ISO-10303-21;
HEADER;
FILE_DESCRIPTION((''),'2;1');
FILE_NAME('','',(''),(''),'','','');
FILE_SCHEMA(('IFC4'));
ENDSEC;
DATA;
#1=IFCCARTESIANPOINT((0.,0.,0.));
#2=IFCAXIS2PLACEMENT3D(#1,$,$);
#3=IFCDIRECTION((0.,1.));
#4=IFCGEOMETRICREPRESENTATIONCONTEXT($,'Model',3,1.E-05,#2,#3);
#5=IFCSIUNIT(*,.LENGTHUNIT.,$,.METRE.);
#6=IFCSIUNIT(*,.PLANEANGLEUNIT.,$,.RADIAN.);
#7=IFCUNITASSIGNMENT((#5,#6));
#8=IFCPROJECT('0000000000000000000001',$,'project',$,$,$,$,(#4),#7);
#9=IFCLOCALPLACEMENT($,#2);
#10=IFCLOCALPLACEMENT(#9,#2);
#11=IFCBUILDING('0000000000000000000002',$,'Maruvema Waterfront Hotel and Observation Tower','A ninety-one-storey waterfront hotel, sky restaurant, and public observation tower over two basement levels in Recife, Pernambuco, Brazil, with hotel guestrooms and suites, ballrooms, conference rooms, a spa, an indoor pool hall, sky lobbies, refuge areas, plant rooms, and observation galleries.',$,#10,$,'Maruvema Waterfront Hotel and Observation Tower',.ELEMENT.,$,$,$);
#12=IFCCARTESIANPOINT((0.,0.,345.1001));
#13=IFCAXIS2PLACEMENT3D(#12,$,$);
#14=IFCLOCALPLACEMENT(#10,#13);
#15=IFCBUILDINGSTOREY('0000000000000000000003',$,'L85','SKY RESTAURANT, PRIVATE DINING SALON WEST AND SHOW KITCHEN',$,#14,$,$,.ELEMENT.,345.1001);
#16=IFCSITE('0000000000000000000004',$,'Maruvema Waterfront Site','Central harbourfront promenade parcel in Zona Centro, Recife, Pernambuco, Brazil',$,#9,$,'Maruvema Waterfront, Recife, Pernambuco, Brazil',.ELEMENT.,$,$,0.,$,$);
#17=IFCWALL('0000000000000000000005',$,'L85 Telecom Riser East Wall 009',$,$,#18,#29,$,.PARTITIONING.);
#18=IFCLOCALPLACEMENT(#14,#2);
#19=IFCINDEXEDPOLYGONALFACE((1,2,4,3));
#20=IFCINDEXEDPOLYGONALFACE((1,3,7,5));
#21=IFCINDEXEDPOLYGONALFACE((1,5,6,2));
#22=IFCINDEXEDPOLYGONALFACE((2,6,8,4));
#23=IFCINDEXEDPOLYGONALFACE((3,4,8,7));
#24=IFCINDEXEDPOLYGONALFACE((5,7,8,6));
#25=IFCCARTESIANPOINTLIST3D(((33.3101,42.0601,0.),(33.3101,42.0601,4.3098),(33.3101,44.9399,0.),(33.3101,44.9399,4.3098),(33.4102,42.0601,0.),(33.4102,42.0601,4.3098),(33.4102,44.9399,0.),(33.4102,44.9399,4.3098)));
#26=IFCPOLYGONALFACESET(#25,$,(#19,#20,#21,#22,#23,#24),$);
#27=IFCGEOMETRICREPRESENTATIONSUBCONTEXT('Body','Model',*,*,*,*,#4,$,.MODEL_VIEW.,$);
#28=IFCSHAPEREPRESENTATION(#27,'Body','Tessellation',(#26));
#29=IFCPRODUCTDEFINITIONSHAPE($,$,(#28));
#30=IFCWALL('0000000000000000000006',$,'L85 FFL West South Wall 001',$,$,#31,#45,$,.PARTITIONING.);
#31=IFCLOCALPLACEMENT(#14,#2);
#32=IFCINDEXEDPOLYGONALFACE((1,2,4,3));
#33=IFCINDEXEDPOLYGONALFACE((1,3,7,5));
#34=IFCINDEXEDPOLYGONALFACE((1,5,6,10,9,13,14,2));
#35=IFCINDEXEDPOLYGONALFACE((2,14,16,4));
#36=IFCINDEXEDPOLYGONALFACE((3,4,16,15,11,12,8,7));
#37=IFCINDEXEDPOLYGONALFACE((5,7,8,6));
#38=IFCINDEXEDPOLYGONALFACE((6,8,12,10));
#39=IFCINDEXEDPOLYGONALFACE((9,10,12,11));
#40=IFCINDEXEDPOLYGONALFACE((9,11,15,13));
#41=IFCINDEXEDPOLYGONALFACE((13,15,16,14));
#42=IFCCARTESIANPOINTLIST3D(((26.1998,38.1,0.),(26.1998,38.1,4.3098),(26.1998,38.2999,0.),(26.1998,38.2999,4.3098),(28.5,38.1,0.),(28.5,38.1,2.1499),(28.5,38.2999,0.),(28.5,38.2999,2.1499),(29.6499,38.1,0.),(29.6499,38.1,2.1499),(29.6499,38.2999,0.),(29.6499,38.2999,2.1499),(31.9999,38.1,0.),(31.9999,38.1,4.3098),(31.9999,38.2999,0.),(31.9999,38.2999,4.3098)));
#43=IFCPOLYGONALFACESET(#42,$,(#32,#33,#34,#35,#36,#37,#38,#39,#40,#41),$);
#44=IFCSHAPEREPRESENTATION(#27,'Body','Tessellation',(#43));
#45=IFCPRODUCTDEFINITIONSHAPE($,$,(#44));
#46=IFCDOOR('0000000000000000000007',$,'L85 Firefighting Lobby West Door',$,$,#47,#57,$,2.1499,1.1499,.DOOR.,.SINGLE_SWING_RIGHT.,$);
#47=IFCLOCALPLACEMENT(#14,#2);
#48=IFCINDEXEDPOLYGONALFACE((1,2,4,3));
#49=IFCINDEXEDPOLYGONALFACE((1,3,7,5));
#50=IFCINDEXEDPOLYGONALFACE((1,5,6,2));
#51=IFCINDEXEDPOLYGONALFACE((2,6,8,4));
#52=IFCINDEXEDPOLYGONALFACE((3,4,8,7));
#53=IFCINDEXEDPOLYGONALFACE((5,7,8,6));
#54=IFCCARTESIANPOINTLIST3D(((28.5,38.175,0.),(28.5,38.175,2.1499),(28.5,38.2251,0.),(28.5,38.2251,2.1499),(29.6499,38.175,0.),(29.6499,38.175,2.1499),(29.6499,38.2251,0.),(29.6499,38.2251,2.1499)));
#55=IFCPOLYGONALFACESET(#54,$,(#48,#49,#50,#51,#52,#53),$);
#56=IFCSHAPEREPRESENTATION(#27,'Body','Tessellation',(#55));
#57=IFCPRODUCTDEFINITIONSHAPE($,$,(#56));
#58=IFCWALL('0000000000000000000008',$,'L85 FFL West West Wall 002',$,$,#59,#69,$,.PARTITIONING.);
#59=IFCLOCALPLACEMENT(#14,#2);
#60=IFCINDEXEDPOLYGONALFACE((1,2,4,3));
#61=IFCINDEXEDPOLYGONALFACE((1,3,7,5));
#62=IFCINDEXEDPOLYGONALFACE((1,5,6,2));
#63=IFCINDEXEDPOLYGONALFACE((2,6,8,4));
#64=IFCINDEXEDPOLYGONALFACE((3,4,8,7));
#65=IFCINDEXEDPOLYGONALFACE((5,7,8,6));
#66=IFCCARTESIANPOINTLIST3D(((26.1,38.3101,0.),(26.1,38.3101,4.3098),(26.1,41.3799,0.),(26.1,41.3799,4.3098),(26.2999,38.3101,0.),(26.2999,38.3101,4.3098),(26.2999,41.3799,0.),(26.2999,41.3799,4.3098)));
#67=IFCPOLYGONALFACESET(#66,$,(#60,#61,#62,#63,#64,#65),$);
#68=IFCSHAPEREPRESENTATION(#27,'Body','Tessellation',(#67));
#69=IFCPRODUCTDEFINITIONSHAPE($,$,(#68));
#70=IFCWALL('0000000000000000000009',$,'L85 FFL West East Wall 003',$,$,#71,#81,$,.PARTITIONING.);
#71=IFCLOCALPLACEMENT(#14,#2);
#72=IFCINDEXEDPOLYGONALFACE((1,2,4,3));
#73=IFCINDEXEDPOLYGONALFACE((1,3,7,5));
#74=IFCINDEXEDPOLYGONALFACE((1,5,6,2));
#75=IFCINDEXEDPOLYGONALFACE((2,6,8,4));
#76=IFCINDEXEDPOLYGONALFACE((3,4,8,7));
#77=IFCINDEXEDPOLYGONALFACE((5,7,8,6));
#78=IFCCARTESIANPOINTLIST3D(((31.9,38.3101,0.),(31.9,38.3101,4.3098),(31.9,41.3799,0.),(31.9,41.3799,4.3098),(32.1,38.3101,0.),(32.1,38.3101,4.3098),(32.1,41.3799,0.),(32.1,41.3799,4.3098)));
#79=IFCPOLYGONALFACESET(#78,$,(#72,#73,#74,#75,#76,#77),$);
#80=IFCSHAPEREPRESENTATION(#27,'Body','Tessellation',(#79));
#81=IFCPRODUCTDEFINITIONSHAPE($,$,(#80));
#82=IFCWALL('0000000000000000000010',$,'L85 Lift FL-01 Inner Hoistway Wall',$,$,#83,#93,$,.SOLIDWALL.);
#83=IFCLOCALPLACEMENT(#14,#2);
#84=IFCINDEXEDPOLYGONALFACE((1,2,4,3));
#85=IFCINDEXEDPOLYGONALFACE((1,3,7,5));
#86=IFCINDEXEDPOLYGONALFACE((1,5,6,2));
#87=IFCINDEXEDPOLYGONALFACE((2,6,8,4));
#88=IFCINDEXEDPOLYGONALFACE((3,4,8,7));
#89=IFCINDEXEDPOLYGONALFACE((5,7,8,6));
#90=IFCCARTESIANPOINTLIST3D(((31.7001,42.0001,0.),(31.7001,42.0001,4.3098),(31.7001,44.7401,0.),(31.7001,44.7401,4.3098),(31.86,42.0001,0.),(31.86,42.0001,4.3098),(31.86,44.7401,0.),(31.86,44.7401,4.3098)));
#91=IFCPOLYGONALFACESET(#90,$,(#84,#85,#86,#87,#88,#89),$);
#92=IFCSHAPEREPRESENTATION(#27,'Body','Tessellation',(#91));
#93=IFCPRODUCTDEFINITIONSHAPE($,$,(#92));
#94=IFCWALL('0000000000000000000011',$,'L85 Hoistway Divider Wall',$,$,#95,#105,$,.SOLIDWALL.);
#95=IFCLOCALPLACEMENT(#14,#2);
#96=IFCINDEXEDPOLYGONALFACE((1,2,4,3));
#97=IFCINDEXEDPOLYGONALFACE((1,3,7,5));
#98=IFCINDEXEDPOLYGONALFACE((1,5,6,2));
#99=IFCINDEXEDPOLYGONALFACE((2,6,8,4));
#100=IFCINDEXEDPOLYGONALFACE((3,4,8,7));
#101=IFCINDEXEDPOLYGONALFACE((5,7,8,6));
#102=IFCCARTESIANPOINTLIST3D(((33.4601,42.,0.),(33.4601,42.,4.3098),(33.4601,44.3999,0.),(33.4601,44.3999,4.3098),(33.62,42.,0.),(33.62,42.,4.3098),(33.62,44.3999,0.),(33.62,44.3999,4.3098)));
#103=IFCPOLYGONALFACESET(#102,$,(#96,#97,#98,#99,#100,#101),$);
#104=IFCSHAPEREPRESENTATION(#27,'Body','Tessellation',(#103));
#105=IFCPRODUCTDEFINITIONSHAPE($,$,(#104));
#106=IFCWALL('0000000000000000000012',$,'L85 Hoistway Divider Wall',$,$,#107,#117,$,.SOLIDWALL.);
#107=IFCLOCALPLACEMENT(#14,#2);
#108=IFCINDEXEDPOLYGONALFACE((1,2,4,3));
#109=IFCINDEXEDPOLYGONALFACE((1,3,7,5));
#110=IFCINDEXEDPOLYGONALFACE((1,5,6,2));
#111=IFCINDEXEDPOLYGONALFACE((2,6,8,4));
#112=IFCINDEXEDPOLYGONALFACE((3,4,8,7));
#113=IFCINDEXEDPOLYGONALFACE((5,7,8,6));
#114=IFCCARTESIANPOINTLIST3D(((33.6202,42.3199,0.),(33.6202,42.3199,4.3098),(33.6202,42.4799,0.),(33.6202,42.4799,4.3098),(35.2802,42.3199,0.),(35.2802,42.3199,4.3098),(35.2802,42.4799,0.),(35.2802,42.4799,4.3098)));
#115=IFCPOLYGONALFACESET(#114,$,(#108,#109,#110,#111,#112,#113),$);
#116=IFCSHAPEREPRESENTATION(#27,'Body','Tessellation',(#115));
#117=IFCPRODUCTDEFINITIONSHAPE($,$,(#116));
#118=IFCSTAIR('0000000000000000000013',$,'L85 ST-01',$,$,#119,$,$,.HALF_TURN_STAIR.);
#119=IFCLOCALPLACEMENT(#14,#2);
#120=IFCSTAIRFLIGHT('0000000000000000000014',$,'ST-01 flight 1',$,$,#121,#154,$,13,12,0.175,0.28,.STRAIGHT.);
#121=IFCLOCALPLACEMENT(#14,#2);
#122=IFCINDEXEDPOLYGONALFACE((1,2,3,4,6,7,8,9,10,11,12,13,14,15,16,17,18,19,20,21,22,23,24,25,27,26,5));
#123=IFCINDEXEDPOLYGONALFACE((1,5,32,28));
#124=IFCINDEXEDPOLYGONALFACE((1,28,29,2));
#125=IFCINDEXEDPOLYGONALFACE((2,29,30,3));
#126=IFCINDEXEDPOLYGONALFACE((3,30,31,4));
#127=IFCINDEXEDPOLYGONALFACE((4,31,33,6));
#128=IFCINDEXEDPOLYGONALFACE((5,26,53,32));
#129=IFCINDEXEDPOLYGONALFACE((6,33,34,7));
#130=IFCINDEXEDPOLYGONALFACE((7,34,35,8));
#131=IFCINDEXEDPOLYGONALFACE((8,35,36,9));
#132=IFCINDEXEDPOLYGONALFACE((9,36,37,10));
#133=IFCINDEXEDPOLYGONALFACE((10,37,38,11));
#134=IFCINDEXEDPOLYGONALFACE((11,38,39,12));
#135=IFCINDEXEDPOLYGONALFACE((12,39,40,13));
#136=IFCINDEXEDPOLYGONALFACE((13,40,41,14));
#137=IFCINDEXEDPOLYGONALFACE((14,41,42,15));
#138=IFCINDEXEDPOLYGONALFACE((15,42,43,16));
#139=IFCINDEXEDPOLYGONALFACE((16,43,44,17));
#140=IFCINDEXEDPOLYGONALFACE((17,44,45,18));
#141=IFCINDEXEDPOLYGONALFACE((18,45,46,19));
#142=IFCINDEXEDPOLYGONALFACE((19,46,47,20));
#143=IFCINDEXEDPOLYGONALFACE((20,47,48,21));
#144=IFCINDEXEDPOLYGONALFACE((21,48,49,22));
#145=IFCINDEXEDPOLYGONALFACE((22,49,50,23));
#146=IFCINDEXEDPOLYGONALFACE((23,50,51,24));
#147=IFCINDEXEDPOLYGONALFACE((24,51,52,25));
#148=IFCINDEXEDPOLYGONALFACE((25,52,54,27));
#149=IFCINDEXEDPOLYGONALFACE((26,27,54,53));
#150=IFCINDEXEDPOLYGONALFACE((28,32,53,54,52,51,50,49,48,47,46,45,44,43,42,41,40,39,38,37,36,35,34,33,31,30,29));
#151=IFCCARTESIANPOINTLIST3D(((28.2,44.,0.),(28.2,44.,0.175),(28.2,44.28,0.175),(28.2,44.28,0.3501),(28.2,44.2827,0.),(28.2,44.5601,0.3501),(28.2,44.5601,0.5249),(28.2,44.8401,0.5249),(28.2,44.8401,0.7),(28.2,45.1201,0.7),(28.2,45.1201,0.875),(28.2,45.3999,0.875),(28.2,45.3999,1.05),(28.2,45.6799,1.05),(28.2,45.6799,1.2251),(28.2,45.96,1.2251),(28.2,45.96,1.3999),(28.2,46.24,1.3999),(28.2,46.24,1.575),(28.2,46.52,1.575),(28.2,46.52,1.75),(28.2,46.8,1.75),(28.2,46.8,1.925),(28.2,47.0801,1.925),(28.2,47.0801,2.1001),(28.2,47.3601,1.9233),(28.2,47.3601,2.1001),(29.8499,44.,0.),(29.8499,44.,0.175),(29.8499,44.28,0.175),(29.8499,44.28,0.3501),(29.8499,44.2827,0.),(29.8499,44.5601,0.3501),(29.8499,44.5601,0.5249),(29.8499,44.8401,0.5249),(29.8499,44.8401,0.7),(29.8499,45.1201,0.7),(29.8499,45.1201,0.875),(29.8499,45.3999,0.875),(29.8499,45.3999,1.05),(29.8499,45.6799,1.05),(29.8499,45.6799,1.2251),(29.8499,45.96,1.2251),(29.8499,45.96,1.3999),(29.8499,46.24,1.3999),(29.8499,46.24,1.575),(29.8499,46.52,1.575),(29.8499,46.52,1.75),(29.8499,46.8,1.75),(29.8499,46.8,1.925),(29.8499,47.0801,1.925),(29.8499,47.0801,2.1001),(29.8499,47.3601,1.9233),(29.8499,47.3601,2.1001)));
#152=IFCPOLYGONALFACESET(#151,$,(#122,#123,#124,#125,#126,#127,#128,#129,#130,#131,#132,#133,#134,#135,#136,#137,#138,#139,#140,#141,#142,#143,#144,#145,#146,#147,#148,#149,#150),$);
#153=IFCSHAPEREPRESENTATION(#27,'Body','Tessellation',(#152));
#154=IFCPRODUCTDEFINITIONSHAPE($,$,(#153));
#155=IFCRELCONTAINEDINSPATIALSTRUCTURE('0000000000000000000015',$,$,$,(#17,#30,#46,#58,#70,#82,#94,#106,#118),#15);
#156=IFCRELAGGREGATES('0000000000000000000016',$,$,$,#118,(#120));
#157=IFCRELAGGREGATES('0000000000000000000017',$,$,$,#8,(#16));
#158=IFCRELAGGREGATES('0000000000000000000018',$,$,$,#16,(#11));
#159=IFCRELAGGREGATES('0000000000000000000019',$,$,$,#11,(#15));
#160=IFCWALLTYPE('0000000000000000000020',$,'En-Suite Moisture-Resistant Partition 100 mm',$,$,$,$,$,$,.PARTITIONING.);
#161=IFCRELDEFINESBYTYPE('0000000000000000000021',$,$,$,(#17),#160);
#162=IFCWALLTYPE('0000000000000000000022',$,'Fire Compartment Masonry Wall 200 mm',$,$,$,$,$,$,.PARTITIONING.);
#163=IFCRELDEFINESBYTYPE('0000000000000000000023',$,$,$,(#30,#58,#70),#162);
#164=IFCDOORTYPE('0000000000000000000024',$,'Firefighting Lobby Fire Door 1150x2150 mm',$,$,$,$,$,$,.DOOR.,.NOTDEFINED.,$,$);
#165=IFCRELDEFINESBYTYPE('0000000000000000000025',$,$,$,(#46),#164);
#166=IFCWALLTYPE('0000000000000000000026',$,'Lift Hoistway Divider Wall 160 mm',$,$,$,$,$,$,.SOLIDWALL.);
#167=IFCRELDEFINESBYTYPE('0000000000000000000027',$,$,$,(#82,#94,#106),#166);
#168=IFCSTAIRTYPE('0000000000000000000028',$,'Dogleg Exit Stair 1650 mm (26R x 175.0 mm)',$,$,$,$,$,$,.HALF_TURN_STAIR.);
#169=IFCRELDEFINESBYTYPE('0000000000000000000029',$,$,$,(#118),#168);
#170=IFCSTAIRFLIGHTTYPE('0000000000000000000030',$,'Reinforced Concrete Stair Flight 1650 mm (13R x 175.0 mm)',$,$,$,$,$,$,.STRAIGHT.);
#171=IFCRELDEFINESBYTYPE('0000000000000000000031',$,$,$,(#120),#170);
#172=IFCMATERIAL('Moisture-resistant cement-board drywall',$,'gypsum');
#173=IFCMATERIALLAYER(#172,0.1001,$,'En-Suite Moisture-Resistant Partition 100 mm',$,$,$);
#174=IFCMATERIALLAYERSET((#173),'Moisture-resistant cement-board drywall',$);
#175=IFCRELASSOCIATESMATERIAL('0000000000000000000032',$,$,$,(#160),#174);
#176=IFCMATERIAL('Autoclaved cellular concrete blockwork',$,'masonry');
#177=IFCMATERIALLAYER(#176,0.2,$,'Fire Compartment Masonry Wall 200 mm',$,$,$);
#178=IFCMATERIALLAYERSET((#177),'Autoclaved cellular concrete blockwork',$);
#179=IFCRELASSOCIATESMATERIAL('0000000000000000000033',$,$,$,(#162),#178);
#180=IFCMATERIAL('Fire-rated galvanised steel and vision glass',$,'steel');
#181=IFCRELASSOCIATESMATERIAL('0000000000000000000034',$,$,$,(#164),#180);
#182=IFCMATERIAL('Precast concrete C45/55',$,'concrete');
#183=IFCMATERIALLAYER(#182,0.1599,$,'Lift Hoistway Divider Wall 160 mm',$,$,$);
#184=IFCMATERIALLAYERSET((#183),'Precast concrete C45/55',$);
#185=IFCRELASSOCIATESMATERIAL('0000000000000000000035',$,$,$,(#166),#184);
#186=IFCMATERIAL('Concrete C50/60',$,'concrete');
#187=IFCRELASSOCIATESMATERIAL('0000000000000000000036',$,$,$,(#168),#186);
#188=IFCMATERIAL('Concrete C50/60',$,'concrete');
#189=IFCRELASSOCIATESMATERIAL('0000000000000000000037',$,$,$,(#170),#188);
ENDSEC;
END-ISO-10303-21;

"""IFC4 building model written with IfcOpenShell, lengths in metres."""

from ifc_helpers import new_model, si_unit, direction, frame, frame_2d, origin, place, context, subcontext, project, spatial, polyline, rectangle, outline, extrude, material, layer, layer_set, type_object, element, fill, aggregate, save


model = new_model("IFC4")

# Units and contexts
model_context = context("Model", 3, precision=1e-05, world=origin(), true_north=direction((0.0, 1.0)))
body_context = subcontext(model_context, "Body", "Model", "MODEL_VIEW")
ifc_project = project(units=[si_unit("LENGTHUNIT", "METRE"), si_unit("PLANEANGLEUNIT", "RADIAN")], contexts=[model_context])

# Site, building, storey
site_placement = place(None, origin())
site = spatial("IfcSite", under=ifc_project, at=site_placement, Name="Maruvema Waterfront Site", Description="Central harbourfront promenade parcel in Zona Centro, Recife, Pernambuco, Brazil", LongName="Maruvema Waterfront, Recife, Pernambuco, Brazil", CompositionType="ELEMENT", RefElevation=0.0)
building_placement = place(site_placement, origin())
building = spatial("IfcBuilding", under=site, at=building_placement, Name="Maruvema Waterfront Hotel and Observation Tower", Description="A ninety-one-storey waterfront hotel, sky restaurant, and public observation tower over two basement levels in Recife, Pernambuco, Brazil, with hotel guestrooms and suites, ballrooms, conference rooms, a spa, an indoor pool hall, sky lobbies, refuge areas, plant rooms, and observation galleries.", LongName="Maruvema Waterfront Hotel and Observation Tower", CompositionType="ELEMENT")
storey_placement = place(building_placement, frame((0.0, 0.0, 345.1001)))
storey = spatial("IfcBuildingStorey", under=building, at=storey_placement, Name="L85", Description="SKY RESTAURANT, PRIVATE DINING SALON WEST AND SHOW KITCHEN", CompositionType="ELEMENT", Elevation=345.1001)

# Shared definitions
ifc_material_1 = material(Name="Moisture-resistant cement-board drywall", Category="gypsum")
ifc_layer_1 = layer(ifc_material_1, 0.1001, Name="En-Suite Moisture-Resistant Partition 100 mm")
ifc_layer_set_1 = layer_set([ifc_layer_1], Name="Moisture-resistant cement-board drywall")
wall_type_1 = type_object("IfcWallType", Name="En-Suite Moisture-Resistant Partition 100 mm", PredefinedType="PARTITIONING", material=ifc_layer_set_1)

# Wall
wall_1_placement = place(storey_placement, frame((33.3601, 42.0601, 0.0), z_axis=(0.0, 0.0, 1.0), x_axis=(0.0, 1.0, 0.0)))
element("IfcWall", 1, at=wall_1_placement, inside=storey, type_object=wall_type_1, Name="L85 Telecom Riser East Wall 009", PredefinedType="PARTITIONING", context=body_context, shape_type="SweptSolid", body=[
    extrude(rectangle(XDim=2.8799, YDim=0.1001, at=frame_2d((1.4399, 0.0))), origin(), (0.0, 0.0, 1.0), 4.3098),
])

# Wall, opening, door
ifc_material_2 = material(Name="Autoclaved cellular concrete blockwork", Category="masonry")
ifc_layer_2 = layer(ifc_material_2, 0.2, Name="Fire Compartment Masonry Wall 200 mm")
ifc_layer_set_2 = layer_set([ifc_layer_2], Name="Autoclaved cellular concrete blockwork")
wall_type_2 = type_object("IfcWallType", Name="Fire Compartment Masonry Wall 200 mm", PredefinedType="PARTITIONING", material=ifc_layer_set_2)
wall_2_placement = place(storey_placement, frame((26.2, 38.2, 0.0), z_axis=(0.0, 0.0, 1.0), x_axis=(1.0, 0.0, 0.0)))
wall_2 = element("IfcWall", 2, at=wall_2_placement, inside=storey, type_object=wall_type_2, Name="L85 FFL West South Wall 001", PredefinedType="PARTITIONING", context=body_context, shape_type="SweptSolid", body=[
    extrude(rectangle(XDim=5.8, YDim=0.2, at=frame_2d((2.8999, 0.0))), origin(), (0.0, 0.0, 1.0), 4.3098),
])
opening_1_placement = place(wall_2_placement, frame((2.3, 0.0, 0.0)))
opening_1 = element("IfcOpeningElement", 3, at=opening_1_placement, cuts=wall_2, PredefinedType="OPENING", context=body_context, shape_type="SweptSolid", body=[
    extrude(rectangle(XDim=1.1499, YDim=2.1499, at=frame_2d((0.575, 1.075))), frame((0.0, 0.1099, 0.0), z_axis=(0.0, -1.0, 0.0), x_axis=(1.0, 0.0, 0.0)), (0.0, 0.0, 1.0), 0.22),
])
ifc_material_3 = material(Name="Fire-rated galvanised steel and vision glass", Category="steel")
door_type_1 = type_object("IfcDoorType", Name="Firefighting Lobby Fire Door 1150x2150 mm", OperationType="NOTDEFINED", PredefinedType="DOOR", material=ifc_material_3)
door_1_placement = place(opening_1_placement, frame((1.1499, 0.0, 0.0), z_axis=(0.0, 0.0, 1.0), x_axis=(-1.0, 0.0, 0.0)))
door_1 = element("IfcDoor", 4, at=door_1_placement, inside=storey, type_object=door_type_1, Name="L85 Firefighting Lobby West Door", OperationType="SINGLE_SWING_RIGHT", OverallHeight=2.1499, OverallWidth=1.1499, PredefinedType="DOOR", context=body_context, shape_type="SweptSolid", body=[
    extrude(rectangle(XDim=1.1499, YDim=2.1499, at=frame_2d((0.575, 1.075))), frame((0.0, 0.0249, 0.0), z_axis=(0.0, -1.0, 0.0), x_axis=(1.0, 0.0, 0.0)), (0.0, 0.0, 1.0), 0.05),
])
fill(opening_1, door_1)

# Walls
for number, where, z_axis, x_axis, name in (
    (5, (26.2, 38.3101, 0.0), (0.0, 0.0, 1.0), (0.0, 1.0, 0.0), "L85 FFL West West Wall 002"),
    (6, (32.0, 38.3101, 0.0), (0.0, 0.0, 1.0), (0.0, 1.0, 0.0), "L85 FFL West East Wall 003"),
):
    element("IfcWall", number, at=place(storey_placement, frame(where, z_axis=z_axis, x_axis=x_axis)), inside=storey, type_object=wall_type_2, Name=name, PredefinedType="PARTITIONING", context=body_context, shape_type="SweptSolid", body=[
        extrude(rectangle(XDim=3.0698, YDim=0.2, at=frame_2d((1.5349, 0.0))), origin(), (0.0, 0.0, 1.0), 4.3098),
    ])
ifc_material_4 = material(Name="Precast concrete C45/55", Category="concrete")
ifc_layer_3 = layer(ifc_material_4, 0.1599, Name="Lift Hoistway Divider Wall 160 mm")
ifc_layer_set_3 = layer_set([ifc_layer_3], Name="Precast concrete C45/55")
wall_type_3 = type_object("IfcWallType", Name="Lift Hoistway Divider Wall 160 mm", PredefinedType="SOLIDWALL", material=ifc_layer_set_3)
wall_3_placement = place(storey_placement, frame((31.78, 42.0, 0.0), z_axis=(0.0, 0.0, 1.0), x_axis=(0.0, 1.0, 0.0)))
element("IfcWall", 7, at=wall_3_placement, inside=storey, type_object=wall_type_3, Name="L85 Lift FL-01 Inner Hoistway Wall", PredefinedType="SOLIDWALL", context=body_context, shape_type="SweptSolid", body=[
    extrude(rectangle(XDim=2.74, YDim=0.1599, at=frame_2d((1.3701, 0.0))), origin(), (0.0, 0.0, 1.0), 4.3098),
])
wall_4_placement = place(storey_placement, frame((33.54, 42.0, 0.0), z_axis=(0.0, 0.0, 1.0), x_axis=(0.0, 1.0, 0.0)))
element("IfcWall", 8, at=wall_4_placement, inside=storey, type_object=wall_type_3, Name="L85 Hoistway Divider Wall", PredefinedType="SOLIDWALL", context=body_context, shape_type="SweptSolid", body=[
    extrude(rectangle(XDim=2.3999, YDim=0.1599, at=frame_2d((1.2, 0.0))), origin(), (0.0, 0.0, 1.0), 4.3098),
])
wall_5_placement = place(storey_placement, frame((33.6201, 42.3999, 0.0), z_axis=(0.0, 0.0, 1.0), x_axis=(1.0, 0.0, 0.0)))
element("IfcWall", 9, at=wall_5_placement, inside=storey, type_object=wall_type_3, Name="L85 Hoistway Divider Wall", PredefinedType="SOLIDWALL", context=body_context, shape_type="SweptSolid", body=[
    extrude(rectangle(XDim=1.6599, YDim=0.1599, at=frame_2d((0.8301, 0.0))), origin(), (0.0, 0.0, 1.0), 4.3098),
])

# Stair, stair flight
ifc_material_5 = material(Name="Concrete C50/60", Category="concrete")
stair_type = type_object("IfcStairType", Name="Dogleg Exit Stair 1650 mm (26R x 175.0 mm)", PredefinedType="HALF_TURN_STAIR", material=ifc_material_5)
stair_placement = place(storey_placement, origin())
stair = element("IfcStair", 10, at=stair_placement, inside=storey, type_object=stair_type, Name="L85 ST-01", PredefinedType="HALF_TURN_STAIR")
ifc_material_6 = material(Name="Concrete C50/60", Category="concrete")
stair_flight_type = type_object("IfcStairFlightType", Name="Reinforced Concrete Stair Flight 1650 mm (13R x 175.0 mm)", PredefinedType="STRAIGHT", material=ifc_material_6)
stair_flight_placement = place(storey_placement, frame((29.0249, 44.0, 0.0), z_axis=(0.0, 0.0, 1.0), x_axis=(0.0, 1.0, 0.0)))
stair_flight = element("IfcStairFlight", 11, at=stair_flight_placement, type_object=stair_flight_type, Name="ST-01 flight 1", NumberOfRisers=13, NumberOfTreads=12, PredefinedType="STRAIGHT", RiserHeight=0.175, TreadLength=0.28, context=body_context, shape_type="SweptSolid", body=[
    extrude(outline(polyline([(0.0, 0.0), (0.0, 0.175), (0.28, 0.175), (0.28, 0.3501), (0.5601, 0.3501), (0.5601, 0.5249), (0.8401, 0.5249), (0.8401, 0.7), (1.1201, 0.7), (1.1201, 0.875), (1.3999, 0.875), (1.3999, 1.05), (1.6799, 1.05), (1.6799, 1.2251), (1.96, 1.2251), (1.96, 1.3999), (2.24, 1.3999), (2.24, 1.575), (2.52, 1.575), (2.52, 1.75), (2.8, 1.75), (2.8, 1.925), (3.0801, 1.925), (3.0801, 2.1001), (3.3601, 2.1001), (3.3601, 2.2749), (3.3601, 1.9233), (0.2827, 0.0), (0.0, 0.0)])), frame((0.0, 0.825, 0.0), z_axis=(0.0, -1.0, 0.0), x_axis=(1.0, 0.0, 0.0)), (0.0, 0.0, 1.0), 1.6499),
])
aggregate(stair, [stair_flight])

save(model, "model.ifc")
